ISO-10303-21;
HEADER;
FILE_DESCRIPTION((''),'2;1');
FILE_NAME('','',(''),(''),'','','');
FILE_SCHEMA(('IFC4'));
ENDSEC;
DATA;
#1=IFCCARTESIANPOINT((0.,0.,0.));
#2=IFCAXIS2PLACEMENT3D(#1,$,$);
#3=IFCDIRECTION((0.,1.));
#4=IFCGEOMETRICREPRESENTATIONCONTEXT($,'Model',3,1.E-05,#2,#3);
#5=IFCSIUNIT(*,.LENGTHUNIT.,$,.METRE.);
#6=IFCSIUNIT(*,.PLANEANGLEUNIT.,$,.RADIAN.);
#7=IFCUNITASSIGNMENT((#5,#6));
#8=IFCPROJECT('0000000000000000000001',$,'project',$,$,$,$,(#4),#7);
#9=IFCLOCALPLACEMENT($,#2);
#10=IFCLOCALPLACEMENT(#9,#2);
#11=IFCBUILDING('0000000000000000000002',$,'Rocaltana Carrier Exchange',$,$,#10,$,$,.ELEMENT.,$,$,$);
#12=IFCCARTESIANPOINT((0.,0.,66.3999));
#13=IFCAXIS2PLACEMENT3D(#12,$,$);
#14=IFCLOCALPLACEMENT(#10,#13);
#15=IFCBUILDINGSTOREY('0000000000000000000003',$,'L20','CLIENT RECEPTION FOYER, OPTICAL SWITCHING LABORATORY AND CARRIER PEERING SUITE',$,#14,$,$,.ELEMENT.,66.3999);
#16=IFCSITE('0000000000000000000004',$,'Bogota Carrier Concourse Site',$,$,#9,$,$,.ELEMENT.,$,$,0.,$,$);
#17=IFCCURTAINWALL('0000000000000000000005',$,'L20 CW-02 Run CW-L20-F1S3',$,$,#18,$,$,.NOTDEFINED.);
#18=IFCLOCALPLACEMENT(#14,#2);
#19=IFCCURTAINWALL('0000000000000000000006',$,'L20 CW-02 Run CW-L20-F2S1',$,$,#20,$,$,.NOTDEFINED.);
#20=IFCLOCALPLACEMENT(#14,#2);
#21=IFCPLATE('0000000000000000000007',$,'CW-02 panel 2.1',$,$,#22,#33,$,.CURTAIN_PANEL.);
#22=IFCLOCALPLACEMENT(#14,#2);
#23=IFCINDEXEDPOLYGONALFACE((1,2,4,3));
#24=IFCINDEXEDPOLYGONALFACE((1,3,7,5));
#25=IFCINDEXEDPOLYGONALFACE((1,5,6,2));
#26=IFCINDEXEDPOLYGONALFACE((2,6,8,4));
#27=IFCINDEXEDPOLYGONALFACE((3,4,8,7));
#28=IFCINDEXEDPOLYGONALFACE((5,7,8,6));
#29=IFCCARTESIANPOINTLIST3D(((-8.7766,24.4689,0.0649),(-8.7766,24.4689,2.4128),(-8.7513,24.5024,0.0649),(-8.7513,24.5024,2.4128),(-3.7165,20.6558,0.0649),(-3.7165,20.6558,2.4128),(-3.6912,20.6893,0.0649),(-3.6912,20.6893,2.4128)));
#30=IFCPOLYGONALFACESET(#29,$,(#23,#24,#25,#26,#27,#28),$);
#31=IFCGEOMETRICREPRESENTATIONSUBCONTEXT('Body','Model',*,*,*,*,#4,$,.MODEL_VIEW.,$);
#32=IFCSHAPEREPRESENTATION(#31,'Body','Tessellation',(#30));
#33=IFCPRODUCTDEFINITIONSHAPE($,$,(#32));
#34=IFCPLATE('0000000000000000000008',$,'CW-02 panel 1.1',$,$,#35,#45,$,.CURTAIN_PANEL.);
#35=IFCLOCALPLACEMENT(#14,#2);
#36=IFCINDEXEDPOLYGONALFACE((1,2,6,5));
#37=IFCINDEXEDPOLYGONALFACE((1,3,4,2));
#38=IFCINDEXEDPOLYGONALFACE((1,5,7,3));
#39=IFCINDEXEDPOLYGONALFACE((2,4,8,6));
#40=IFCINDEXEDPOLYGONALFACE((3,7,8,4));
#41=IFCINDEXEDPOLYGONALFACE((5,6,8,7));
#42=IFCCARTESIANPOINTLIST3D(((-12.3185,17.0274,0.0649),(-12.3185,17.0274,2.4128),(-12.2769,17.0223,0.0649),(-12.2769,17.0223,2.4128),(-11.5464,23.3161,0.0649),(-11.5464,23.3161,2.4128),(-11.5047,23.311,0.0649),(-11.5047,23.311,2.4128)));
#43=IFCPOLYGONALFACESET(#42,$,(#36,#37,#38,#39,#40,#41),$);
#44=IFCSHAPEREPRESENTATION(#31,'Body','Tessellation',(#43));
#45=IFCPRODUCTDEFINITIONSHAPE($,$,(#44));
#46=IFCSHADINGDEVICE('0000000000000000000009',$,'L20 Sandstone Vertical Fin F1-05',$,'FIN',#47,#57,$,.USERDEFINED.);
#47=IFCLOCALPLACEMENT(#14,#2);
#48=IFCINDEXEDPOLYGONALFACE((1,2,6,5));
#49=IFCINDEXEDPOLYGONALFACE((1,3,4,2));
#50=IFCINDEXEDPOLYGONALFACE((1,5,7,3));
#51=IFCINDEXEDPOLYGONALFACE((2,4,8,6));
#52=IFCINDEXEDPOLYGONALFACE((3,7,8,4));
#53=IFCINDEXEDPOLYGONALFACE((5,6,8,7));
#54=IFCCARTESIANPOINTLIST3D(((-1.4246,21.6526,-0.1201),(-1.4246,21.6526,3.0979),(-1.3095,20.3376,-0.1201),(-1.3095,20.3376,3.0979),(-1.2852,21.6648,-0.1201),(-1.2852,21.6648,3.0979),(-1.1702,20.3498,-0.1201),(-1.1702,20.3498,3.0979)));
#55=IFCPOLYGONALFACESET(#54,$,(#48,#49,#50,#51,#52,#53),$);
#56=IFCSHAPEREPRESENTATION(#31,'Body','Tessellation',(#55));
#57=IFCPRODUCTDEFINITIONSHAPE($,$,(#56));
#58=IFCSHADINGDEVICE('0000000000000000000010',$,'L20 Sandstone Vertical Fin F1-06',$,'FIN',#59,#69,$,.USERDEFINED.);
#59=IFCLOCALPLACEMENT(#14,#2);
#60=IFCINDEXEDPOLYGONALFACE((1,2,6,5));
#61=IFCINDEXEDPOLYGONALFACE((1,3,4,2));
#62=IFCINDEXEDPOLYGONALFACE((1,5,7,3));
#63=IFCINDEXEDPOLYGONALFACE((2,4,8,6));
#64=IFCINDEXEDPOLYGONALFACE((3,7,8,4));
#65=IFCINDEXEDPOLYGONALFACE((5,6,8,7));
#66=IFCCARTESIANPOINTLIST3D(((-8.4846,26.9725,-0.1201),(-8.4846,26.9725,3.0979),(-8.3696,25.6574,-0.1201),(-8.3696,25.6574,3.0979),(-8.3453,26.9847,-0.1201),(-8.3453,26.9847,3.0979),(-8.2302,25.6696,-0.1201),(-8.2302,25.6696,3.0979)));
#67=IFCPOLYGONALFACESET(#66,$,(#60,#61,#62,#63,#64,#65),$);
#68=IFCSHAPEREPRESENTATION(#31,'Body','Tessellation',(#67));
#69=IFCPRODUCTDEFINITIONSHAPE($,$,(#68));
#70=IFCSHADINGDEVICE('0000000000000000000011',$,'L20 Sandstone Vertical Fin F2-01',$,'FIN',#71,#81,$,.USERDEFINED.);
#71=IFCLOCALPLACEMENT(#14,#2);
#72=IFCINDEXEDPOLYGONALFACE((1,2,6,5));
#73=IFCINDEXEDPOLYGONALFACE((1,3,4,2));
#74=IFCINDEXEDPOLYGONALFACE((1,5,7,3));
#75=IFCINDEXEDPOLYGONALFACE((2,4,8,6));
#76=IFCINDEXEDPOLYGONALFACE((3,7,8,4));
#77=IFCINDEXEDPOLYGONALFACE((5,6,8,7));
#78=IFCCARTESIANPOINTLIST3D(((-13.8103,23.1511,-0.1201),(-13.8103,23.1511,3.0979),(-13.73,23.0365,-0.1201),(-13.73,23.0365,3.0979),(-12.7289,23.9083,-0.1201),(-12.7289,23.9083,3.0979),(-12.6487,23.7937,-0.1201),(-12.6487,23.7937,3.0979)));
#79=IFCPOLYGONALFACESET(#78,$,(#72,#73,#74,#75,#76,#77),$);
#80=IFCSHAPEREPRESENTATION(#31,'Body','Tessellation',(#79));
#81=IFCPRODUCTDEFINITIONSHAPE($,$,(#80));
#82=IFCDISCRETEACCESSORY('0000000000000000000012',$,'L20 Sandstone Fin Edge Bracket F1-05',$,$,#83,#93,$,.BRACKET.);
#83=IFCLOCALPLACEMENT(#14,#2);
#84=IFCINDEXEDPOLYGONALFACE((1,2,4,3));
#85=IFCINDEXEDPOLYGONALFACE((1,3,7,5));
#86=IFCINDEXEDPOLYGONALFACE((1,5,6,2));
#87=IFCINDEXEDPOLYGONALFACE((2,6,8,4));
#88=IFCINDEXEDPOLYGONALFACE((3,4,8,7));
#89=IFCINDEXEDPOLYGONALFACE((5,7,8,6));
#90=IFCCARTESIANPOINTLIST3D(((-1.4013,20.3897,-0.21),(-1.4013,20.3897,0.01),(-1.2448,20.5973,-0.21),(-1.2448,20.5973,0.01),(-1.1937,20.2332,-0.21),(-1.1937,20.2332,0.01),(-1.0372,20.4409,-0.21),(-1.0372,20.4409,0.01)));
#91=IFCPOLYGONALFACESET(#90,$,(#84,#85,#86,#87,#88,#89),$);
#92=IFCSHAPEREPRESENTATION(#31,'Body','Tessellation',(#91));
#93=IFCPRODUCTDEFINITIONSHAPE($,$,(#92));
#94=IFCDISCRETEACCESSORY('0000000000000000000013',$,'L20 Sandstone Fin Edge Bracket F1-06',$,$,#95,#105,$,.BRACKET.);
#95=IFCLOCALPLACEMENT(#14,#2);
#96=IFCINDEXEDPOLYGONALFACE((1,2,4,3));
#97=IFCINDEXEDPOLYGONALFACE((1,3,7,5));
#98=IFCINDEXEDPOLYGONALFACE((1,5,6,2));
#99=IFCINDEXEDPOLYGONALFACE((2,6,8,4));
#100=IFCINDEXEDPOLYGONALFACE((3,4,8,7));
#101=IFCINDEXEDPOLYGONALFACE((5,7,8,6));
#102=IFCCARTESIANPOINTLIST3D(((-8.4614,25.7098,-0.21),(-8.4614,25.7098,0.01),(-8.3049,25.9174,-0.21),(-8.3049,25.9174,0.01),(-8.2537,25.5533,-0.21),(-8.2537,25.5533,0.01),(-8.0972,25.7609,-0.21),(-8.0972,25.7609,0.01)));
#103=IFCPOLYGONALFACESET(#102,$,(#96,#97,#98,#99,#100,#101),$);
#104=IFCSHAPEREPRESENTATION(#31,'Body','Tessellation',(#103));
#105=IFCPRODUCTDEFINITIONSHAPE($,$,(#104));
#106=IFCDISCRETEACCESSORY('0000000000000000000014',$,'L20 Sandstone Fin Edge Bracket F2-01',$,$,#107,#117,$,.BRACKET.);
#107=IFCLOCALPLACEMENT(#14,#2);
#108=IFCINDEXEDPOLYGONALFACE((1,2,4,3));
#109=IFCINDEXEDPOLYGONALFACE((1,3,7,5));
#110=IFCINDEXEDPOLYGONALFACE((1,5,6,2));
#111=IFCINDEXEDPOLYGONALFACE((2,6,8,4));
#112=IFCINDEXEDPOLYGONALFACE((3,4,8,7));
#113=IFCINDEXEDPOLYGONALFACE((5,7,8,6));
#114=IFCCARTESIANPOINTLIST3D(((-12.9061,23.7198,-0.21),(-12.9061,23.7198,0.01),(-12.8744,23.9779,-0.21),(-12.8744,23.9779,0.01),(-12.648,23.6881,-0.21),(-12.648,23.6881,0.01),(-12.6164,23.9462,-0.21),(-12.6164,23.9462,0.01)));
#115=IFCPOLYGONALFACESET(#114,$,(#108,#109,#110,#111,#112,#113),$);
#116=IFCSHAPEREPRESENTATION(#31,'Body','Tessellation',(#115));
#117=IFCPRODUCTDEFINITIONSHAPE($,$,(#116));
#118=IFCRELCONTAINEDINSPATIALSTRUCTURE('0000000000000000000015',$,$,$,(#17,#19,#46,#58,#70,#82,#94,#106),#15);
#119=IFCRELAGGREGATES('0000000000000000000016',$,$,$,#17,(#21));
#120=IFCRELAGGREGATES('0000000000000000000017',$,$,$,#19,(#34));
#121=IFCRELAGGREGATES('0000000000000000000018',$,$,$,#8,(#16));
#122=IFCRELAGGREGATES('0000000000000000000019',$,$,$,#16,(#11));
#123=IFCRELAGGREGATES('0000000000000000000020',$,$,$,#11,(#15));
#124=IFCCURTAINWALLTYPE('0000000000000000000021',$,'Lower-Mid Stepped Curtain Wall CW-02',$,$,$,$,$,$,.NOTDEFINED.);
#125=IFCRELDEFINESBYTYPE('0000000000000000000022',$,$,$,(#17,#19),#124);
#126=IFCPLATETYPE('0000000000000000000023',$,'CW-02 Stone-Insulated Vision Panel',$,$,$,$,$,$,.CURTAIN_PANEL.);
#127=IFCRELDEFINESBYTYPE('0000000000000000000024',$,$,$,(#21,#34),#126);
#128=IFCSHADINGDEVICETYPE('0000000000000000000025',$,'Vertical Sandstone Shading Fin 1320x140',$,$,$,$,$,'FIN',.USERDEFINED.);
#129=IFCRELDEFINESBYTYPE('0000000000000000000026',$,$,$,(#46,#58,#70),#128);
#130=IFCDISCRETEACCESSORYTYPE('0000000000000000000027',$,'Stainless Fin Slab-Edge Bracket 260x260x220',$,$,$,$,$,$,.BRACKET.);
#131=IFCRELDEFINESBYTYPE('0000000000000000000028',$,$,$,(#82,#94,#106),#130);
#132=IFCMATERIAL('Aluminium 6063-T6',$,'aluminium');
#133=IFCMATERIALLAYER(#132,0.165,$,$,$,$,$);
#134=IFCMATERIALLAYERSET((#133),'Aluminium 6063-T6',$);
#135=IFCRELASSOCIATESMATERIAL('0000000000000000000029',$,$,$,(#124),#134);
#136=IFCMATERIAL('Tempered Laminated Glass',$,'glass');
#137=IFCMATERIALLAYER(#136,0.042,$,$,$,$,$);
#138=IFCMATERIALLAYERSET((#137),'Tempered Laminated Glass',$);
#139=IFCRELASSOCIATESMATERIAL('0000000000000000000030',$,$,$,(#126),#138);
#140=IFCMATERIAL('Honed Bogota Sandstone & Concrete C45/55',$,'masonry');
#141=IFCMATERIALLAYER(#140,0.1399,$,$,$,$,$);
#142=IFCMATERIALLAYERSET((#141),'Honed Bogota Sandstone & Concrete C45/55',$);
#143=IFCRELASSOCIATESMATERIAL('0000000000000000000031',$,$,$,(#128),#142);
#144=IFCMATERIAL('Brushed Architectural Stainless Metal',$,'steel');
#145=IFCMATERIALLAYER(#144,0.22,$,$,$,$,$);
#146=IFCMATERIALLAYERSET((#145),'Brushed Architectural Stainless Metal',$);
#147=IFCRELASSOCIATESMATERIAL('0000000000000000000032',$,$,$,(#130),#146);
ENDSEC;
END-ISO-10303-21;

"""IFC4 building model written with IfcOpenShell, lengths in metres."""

from ifc_helpers import new_model, si_unit, direction, frame, origin, origin_2d, place, context, subcontext, project, spatial, rectangle, extrude, material, layer, layer_set, type_object, element, aggregate, save


model = new_model("IFC4")

# Units and contexts
model_context = context("Model", 3, precision=1e-05, world=origin(), true_north=direction((0.0, 1.0)))
body_context = subcontext(model_context, "Body", "Model", "MODEL_VIEW")
ifc_project = project(units=[si_unit("LENGTHUNIT", "METRE"), si_unit("PLANEANGLEUNIT", "RADIAN")], contexts=[model_context])

# Site, building, storey
site_placement = place(None, origin())
site = spatial("IfcSite", under=ifc_project, at=site_placement, Name="Bogota Carrier Concourse Site", CompositionType="ELEMENT", RefElevation=0.0)
building_placement = place(site_placement, origin())
building = spatial("IfcBuilding", under=site, at=building_placement, Name="Rocaltana Carrier Exchange", CompositionType="ELEMENT")
storey_placement = place(building_placement, frame((0.0, 0.0, 66.3999)))
storey = spatial("IfcBuildingStorey", under=building, at=storey_placement, Name="L20", Description="CLIENT RECEPTION FOYER, OPTICAL SWITCHING LABORATORY AND CARRIER PEERING SUITE", CompositionType="ELEMENT", Elevation=66.3999)

# Curtain wall
ifc_material_1 = material(Name="Aluminium 6063-T6", Category="aluminium")
ifc_layer_1 = layer(ifc_material_1, 0.165)
ifc_layer_set_1 = layer_set([ifc_layer_1], Name="Aluminium 6063-T6")
curtain_wall_type = type_object("IfcCurtainWallType", Name="Lower-Mid Stepped Curtain Wall CW-02", PredefinedType="NOTDEFINED", material=ifc_layer_set_1)
curtain_wall_1_placement = place(storey_placement, origin())
curtain_wall_1 = element("IfcCurtainWall", 1, at=curtain_wall_1_placement, inside=storey, type_object=curtain_wall_type, Name="L20 CW-02 Run CW-L20-F1S3", PredefinedType="NOTDEFINED")

# Curtain wall
curtain_wall_2_placement = place(storey_placement, origin())
curtain_wall_2 = element("IfcCurtainWall", 2, at=curtain_wall_2_placement, inside=storey, type_object=curtain_wall_type, Name="L20 CW-02 Run CW-L20-F2S1", PredefinedType="NOTDEFINED")

# Plates
ifc_material_2 = material(Name="Tempered Laminated Glass", Category="glass")
ifc_layer_2 = layer(ifc_material_2, 0.042)
ifc_layer_set_2 = layer_set([ifc_layer_2], Name="Tempered Laminated Glass")
plate_type = type_object("IfcPlateType", Name="CW-02 Stone-Insulated Vision Panel", PredefinedType="CURTAIN_PANEL", material=ifc_layer_set_2)
plate_1_placement = place(storey_placement, frame((-6.2339, 22.5791, 0.0649), z_axis=(0.0, 0.0, 1.0), x_axis=(-0.798638, 0.601812, 0.0)))
plate_1 = element("IfcPlate", 3, at=plate_1_placement, type_object=plate_type, Name="CW-02 panel 2.1", PredefinedType="CURTAIN_PANEL", context=body_context, shape_type="SweptSolid", body=[
    extrude(rectangle(XDim=6.3359, YDim=0.042, at=origin_2d()), origin(), (0.0, 0.0, 1.0), 2.3479),
])
aggregate(curtain_wall_1, [plate_1])
plate_2_placement = place(storey_placement, frame((-11.9116, 20.1692, 0.0649), z_axis=(0.0, 0.0, 1.0), x_axis=(-0.121873, -0.992546, 0.0)))
plate_2 = element("IfcPlate", 4, at=plate_2_placement, type_object=plate_type, Name="CW-02 panel 1.1", PredefinedType="CURTAIN_PANEL", context=body_context, shape_type="SweptSolid", body=[
    extrude(rectangle(XDim=6.3359, YDim=0.042, at=origin_2d()), origin(), (0.0, 0.0, 1.0), 2.3479),
])
aggregate(curtain_wall_2, [plate_2])

# Shading devices
ifc_material_3 = material(Name="Honed Bogota Sandstone & Concrete C45/55", Category="masonry")
ifc_layer_3 = layer(ifc_material_3, 0.1399)
ifc_layer_set_3 = layer_set([ifc_layer_3], Name="Honed Bogota Sandstone & Concrete C45/55")
shading_device_type = type_object("IfcShadingDeviceType", Name="Vertical Sandstone Shading Fin 1320x140", ElementType="FIN", PredefinedType="USERDEFINED", material=ifc_layer_set_3)
for number, where, z_axis, x_axis, name in (
    (5, (-1.2974, 21.0012, -0.1201), (0.0, 0.0, 1.0), (-0.087156, 0.996195, 0.0), "L20 Sandstone Vertical Fin F1-05"),
    (6, (-8.3574, 26.321, -0.1201), (0.0, 0.0, 1.0), (-0.087156, 0.996195, 0.0), "L20 Sandstone Vertical Fin F1-06"),
    (7, (-13.2295, 23.4724, -0.1201), (0.0, 0.0, 1.0), (-0.819152, -0.573576, 0.0), "L20 Sandstone Vertical Fin F2-01"),
):
    element("IfcShadingDevice", number, at=place(storey_placement, frame(where, z_axis=z_axis, x_axis=x_axis)), inside=storey, type_object=shading_device_type, Name=name, ObjectType="FIN", PredefinedType="USERDEFINED", context=body_context, shape_type="SweptSolid", body=[
        extrude(rectangle(XDim=1.3201, YDim=0.1399, at=origin_2d()), origin(), (0.0, 0.0, 1.0), 3.218),
    ])

# Discrete accessories
ifc_material_4 = material(Name="Brushed Architectural Stainless Metal", Category="steel")
ifc_layer_4 = layer(ifc_material_4, 0.22)
ifc_layer_set_4 = layer_set([ifc_layer_4], Name="Brushed Architectural Stainless Metal")
discrete_accessory_type = type_object("IfcDiscreteAccessoryType", Name="Stainless Fin Slab-Edge Bracket 260x260x220", PredefinedType="BRACKET", material=ifc_layer_set_4)
for number, where, z_axis, x_axis, name in (
    (8, (-1.2192, 20.4153, -0.21), (0.0, 0.0, 1.0), (-0.798636, 0.601815, 0.0), "L20 Sandstone Fin Edge Bracket F1-05"),
    (9, (-8.2793, 25.7354, -0.21), (0.0, 0.0, 1.0), (-0.798636, 0.601815, 0.0), "L20 Sandstone Fin Edge Bracket F1-06"),
    (10, (-12.7612, 23.833, -0.21), (0.0, 0.0, 1.0), (-0.121869, -0.992546, 0.0), "L20 Sandstone Fin Edge Bracket F2-01"),
):
    element("IfcDiscreteAccessory", number, at=place(storey_placement, frame(where, z_axis=z_axis, x_axis=x_axis)), inside=storey, type_object=discrete_accessory_type, Name=name, PredefinedType="BRACKET", context=body_context, shape_type="SweptSolid", body=[
        extrude(rectangle(XDim=0.26, YDim=0.26, at=origin_2d()), origin(), (0.0, 0.0, 1.0), 0.22),
    ])

save(model, "model.ifc")
